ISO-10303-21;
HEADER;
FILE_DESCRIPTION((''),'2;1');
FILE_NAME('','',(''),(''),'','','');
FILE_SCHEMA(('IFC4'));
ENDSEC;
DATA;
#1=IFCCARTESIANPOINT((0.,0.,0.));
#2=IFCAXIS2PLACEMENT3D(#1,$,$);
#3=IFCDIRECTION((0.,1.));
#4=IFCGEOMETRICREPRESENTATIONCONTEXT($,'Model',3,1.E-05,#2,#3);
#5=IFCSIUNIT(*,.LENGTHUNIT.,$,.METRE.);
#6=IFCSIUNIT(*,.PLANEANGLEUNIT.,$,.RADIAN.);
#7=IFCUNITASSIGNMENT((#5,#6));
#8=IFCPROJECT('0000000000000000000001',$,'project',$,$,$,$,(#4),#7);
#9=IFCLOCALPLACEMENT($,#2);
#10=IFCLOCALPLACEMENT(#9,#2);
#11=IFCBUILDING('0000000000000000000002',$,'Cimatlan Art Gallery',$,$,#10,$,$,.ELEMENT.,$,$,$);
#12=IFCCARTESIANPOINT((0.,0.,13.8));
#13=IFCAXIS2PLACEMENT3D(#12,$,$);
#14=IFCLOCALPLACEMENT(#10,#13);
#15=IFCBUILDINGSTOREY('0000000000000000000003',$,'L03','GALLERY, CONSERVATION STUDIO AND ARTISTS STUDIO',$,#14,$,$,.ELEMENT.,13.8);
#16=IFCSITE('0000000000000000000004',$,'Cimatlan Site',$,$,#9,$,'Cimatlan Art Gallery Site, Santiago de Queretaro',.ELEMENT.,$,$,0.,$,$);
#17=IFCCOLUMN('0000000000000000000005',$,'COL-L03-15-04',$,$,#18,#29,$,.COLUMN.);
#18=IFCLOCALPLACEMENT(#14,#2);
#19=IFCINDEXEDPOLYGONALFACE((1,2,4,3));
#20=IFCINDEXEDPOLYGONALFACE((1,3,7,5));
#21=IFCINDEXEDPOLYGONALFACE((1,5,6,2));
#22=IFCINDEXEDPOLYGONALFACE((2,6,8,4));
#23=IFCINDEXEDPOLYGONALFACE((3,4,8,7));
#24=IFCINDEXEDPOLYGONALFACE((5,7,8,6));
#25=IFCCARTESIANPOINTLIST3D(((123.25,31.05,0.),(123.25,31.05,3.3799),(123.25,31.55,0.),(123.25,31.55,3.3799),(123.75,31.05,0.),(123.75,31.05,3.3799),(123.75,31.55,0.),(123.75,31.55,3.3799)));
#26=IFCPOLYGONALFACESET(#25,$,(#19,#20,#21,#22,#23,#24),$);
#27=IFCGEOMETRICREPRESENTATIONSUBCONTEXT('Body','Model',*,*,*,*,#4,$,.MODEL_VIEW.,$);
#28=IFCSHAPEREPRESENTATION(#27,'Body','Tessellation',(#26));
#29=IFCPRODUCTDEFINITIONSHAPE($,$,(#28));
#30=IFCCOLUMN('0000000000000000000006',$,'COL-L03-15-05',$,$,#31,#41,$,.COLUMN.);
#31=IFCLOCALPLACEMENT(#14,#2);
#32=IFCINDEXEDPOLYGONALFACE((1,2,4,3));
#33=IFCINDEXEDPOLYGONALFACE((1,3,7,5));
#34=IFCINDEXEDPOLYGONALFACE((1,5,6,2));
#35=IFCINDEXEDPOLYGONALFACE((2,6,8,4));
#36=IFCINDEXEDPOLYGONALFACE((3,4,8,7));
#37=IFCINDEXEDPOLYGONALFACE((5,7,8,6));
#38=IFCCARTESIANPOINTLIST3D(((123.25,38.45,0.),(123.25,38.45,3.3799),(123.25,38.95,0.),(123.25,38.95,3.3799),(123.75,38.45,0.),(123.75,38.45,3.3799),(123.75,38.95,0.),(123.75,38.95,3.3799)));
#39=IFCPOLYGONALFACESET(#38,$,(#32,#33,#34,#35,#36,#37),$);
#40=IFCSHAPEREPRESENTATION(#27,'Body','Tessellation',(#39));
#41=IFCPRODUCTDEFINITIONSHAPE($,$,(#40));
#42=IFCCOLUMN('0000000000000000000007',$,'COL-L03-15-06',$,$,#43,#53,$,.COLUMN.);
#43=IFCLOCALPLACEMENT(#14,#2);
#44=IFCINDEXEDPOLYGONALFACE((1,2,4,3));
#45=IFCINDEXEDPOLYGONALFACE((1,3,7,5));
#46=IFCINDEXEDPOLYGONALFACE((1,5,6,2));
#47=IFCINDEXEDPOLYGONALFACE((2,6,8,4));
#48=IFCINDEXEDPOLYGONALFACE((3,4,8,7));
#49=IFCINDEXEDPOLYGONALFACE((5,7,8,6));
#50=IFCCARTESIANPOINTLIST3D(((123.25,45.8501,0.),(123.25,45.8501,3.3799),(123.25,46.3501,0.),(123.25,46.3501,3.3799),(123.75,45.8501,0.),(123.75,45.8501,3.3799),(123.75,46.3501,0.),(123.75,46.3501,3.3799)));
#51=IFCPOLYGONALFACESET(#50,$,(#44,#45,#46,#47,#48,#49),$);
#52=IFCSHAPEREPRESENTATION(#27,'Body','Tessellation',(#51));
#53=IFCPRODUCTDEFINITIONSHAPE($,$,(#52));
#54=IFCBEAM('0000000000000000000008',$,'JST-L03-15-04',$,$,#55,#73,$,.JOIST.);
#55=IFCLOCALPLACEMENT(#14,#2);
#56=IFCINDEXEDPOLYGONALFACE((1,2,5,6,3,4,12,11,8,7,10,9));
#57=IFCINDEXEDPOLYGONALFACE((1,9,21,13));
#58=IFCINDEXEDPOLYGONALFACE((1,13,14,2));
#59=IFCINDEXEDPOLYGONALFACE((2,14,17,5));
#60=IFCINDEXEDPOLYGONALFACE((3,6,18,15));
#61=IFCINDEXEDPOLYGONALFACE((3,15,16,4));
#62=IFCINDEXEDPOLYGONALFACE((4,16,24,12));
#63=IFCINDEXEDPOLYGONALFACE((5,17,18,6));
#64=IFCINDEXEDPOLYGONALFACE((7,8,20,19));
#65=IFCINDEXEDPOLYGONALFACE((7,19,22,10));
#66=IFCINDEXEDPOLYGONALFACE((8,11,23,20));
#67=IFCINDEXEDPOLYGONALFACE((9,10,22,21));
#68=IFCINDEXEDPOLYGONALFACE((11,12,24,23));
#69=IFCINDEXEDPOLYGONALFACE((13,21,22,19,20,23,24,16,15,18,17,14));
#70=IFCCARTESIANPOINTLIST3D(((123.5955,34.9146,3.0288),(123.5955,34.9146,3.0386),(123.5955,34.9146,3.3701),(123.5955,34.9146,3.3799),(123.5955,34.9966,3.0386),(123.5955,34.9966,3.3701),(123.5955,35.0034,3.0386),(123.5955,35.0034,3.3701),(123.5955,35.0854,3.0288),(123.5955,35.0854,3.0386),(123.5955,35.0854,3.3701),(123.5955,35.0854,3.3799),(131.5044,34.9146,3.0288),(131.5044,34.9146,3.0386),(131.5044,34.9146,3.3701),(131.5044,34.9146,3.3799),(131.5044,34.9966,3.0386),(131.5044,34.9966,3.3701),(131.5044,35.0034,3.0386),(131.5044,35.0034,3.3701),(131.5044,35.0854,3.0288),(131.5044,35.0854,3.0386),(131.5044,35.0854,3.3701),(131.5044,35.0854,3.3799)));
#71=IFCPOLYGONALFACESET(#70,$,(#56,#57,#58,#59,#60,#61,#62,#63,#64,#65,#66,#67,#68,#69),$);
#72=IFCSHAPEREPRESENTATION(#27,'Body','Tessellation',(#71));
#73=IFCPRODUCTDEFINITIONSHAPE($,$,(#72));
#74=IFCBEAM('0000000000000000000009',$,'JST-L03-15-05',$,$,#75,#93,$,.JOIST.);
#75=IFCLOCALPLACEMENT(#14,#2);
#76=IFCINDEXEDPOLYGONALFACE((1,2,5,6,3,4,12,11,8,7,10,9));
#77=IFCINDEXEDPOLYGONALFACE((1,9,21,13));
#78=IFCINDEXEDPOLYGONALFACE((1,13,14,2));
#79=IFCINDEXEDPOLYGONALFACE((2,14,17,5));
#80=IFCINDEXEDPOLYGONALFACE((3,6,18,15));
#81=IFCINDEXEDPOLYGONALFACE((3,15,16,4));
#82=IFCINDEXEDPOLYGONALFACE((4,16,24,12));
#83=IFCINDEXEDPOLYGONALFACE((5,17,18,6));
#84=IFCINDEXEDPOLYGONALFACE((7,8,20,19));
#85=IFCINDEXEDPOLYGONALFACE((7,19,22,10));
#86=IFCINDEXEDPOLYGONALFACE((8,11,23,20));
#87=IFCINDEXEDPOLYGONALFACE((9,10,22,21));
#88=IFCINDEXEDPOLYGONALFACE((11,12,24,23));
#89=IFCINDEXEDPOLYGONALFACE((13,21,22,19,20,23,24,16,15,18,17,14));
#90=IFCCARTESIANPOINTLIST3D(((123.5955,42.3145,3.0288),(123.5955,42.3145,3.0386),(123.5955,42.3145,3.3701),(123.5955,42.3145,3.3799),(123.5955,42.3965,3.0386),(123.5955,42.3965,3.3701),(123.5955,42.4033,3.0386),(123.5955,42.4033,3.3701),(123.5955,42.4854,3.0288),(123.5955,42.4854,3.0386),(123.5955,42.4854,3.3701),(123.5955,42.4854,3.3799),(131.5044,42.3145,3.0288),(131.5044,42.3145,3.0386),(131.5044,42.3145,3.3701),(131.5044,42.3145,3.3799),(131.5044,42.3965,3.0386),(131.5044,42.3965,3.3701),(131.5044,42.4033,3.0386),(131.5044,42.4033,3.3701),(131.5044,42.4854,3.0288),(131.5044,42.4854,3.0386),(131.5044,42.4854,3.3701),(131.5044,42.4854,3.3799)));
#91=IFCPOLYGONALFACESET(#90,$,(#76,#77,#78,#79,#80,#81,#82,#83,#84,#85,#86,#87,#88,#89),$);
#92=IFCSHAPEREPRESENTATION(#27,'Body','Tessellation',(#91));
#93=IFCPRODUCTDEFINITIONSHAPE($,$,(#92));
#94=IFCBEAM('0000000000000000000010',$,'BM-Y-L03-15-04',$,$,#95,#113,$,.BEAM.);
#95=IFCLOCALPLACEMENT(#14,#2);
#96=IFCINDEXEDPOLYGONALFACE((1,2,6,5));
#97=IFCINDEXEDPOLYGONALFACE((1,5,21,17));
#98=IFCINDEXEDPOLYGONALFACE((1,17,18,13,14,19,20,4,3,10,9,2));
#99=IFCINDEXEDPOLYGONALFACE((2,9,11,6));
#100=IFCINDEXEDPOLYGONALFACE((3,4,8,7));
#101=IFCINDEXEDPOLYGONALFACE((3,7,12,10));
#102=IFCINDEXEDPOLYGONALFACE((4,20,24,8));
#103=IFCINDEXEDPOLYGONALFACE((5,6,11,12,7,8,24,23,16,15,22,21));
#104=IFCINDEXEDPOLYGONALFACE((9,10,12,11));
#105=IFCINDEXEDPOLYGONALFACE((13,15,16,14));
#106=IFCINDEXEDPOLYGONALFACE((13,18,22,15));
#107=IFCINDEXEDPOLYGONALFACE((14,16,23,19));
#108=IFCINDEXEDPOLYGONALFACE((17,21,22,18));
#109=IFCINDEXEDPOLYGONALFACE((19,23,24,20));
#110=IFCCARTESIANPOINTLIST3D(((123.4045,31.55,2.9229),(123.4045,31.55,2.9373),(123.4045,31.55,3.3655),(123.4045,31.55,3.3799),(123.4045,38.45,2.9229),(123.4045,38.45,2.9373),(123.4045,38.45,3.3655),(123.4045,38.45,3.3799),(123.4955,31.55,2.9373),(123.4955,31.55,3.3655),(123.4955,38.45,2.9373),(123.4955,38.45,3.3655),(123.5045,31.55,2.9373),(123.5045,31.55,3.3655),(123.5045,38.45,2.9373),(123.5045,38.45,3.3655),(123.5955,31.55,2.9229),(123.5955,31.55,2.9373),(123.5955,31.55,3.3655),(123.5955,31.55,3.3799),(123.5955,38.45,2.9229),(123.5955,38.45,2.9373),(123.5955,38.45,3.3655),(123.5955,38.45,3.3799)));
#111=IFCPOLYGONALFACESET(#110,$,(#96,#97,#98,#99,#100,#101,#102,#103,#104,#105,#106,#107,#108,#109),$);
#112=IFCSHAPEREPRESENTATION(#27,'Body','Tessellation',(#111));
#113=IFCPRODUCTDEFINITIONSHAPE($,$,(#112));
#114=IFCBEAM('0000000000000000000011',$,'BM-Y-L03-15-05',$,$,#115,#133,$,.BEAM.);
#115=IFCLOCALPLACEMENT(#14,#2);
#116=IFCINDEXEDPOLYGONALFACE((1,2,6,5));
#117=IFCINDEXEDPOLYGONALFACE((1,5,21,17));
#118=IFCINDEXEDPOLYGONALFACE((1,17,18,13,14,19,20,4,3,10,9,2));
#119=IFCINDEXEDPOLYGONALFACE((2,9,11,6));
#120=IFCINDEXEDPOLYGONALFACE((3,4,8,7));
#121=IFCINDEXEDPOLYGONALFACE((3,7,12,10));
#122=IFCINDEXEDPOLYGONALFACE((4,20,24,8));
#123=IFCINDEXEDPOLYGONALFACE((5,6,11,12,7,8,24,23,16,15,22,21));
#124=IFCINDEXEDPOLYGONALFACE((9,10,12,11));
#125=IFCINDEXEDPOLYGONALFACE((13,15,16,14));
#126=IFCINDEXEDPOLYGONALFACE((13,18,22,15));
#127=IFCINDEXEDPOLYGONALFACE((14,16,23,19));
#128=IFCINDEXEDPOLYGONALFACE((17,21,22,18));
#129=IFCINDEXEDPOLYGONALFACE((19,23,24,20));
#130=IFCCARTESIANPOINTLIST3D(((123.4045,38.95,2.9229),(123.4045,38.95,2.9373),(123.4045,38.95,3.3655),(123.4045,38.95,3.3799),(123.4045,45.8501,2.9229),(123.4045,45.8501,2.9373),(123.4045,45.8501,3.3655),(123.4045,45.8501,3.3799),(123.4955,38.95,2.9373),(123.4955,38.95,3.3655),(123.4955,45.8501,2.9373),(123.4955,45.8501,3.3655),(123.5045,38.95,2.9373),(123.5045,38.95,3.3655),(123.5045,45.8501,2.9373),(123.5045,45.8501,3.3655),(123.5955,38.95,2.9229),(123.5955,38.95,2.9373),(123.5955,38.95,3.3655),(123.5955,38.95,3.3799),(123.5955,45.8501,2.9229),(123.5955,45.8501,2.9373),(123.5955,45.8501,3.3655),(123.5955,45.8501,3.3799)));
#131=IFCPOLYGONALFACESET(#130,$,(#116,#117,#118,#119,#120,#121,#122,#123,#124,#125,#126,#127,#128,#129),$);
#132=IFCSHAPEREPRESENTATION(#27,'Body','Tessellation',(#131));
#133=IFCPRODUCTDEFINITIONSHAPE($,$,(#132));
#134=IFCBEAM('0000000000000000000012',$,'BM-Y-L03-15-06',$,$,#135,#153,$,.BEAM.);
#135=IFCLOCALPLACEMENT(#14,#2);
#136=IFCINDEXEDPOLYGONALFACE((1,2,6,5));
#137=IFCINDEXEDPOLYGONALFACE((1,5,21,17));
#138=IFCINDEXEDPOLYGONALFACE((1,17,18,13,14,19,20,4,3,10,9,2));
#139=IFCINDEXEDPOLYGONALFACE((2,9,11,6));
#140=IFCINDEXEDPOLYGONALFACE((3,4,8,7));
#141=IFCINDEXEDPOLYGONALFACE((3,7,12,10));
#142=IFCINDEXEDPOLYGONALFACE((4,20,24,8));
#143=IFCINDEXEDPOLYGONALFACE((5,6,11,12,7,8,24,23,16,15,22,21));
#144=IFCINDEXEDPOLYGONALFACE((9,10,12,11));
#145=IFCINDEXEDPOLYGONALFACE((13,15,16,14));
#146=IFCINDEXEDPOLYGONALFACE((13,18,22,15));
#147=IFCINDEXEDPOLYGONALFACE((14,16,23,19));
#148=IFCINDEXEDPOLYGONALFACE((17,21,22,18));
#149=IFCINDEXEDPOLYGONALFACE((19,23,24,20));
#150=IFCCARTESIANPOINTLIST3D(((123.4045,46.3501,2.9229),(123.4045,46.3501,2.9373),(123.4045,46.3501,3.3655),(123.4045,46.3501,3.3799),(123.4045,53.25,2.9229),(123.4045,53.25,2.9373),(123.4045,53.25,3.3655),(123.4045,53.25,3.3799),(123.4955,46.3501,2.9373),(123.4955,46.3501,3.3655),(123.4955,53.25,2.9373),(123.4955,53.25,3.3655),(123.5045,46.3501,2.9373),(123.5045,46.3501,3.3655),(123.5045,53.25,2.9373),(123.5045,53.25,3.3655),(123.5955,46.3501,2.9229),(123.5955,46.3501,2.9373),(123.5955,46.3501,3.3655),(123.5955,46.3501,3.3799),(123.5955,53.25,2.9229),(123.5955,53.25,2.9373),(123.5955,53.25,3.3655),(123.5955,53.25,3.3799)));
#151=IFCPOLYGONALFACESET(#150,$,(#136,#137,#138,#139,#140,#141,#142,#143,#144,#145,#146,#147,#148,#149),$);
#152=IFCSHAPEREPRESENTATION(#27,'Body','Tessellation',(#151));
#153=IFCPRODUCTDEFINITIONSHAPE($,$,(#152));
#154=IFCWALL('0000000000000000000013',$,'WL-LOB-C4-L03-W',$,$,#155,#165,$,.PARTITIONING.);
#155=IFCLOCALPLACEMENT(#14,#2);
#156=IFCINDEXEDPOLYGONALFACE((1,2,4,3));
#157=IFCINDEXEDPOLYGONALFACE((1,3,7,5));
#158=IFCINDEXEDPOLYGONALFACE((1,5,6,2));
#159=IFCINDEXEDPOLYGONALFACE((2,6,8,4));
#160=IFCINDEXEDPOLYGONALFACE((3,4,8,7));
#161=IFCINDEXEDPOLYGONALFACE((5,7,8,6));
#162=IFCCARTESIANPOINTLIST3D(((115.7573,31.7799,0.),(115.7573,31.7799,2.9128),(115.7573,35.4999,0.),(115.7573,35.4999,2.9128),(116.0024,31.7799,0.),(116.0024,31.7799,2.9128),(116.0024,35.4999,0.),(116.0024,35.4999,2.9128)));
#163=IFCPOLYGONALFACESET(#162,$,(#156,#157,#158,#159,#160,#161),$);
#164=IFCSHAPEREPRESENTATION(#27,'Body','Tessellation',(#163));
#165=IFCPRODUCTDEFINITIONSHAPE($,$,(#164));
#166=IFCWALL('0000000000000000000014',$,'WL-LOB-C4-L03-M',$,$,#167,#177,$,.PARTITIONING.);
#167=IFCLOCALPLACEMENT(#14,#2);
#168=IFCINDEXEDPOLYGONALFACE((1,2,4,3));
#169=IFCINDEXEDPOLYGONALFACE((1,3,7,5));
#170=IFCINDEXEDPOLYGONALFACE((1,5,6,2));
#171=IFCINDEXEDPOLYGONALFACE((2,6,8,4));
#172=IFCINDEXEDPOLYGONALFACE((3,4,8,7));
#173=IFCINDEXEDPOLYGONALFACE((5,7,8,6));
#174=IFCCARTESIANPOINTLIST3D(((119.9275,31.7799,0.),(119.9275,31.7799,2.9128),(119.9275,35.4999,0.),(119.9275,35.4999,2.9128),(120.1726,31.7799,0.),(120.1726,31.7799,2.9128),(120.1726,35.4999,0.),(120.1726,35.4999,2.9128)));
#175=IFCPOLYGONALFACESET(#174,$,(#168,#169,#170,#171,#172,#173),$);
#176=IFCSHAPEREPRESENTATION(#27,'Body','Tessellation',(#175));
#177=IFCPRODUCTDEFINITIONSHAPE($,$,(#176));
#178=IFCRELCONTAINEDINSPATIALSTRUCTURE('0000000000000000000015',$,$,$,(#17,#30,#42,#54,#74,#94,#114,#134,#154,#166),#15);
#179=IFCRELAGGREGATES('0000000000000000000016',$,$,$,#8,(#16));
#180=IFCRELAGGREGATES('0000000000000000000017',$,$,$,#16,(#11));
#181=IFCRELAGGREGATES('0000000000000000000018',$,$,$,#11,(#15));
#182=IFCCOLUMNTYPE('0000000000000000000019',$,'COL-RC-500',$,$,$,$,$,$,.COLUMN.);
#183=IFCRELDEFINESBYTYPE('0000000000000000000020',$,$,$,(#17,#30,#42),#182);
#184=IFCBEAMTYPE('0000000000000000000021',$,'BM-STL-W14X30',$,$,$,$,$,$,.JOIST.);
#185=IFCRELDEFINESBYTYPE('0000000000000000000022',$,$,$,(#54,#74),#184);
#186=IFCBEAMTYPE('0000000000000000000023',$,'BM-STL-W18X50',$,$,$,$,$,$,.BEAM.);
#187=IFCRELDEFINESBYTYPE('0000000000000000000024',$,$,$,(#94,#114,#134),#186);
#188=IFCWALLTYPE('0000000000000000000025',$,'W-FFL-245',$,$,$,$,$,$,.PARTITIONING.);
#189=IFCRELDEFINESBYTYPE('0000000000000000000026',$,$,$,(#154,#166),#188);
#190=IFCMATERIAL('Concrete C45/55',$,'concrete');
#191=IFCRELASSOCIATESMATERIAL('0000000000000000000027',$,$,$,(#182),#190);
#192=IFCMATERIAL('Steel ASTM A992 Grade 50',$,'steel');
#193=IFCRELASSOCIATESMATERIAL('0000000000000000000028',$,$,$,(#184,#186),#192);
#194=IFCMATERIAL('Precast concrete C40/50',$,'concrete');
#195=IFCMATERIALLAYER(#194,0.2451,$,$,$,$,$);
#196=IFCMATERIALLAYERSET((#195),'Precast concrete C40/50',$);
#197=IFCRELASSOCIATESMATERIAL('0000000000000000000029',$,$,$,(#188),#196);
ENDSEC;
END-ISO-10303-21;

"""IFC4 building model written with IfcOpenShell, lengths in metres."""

from ifc_helpers import new_model, si_unit, direction, frame, frame_2d, origin, origin_2d, place, context, subcontext, project, spatial, rectangle, i_section, extrude, material, layer, layer_set, material_profile, profile_set, type_object, element, save


model = new_model("IFC4")

# Units and contexts
model_context = context("Model", 3, precision=1e-05, world=origin(), true_north=direction((0.0, 1.0)))
body_context = subcontext(model_context, "Body", "Model", "MODEL_VIEW")
ifc_project = project(units=[si_unit("LENGTHUNIT", "METRE"), si_unit("PLANEANGLEUNIT", "RADIAN")], contexts=[model_context])

# Site, building, storey
site_placement = place(None, origin())
site = spatial("IfcSite", under=ifc_project, at=site_placement, Name="Cimatlan Site", LongName="Cimatlan Art Gallery Site, Santiago de Queretaro", CompositionType="ELEMENT", RefElevation=0.0)
building_placement = place(site_placement, origin())
building = spatial("IfcBuilding", under=site, at=building_placement, Name="Cimatlan Art Gallery", CompositionType="ELEMENT")
storey_placement = place(building_placement, frame((0.0, 0.0, 13.8)))
storey = spatial("IfcBuildingStorey", under=building, at=storey_placement, Name="L03", Description="GALLERY, CONSERVATION STUDIO AND ARTISTS STUDIO", CompositionType="ELEMENT", Elevation=13.8)

# Columns
ifc_material_1 = material(Name="Concrete C45/55", Category="concrete")
ifc_material_profile_1 = material_profile(ifc_material_1, rectangle(XDim=0.5, YDim=0.5, at=origin_2d()), Name="RC500X500")
ifc_profile_set_1 = profile_set([ifc_material_profile_1], Name="Concrete C45/55")
column_type = type_object("IfcColumnType", Name="COL-RC-500", PredefinedType="COLUMN", material=ifc_profile_set_1)
for number, where, z_axis, x_axis, name in (
    (1, (123.5, 31.3, 0.0), (0.0, 0.0, 1.0), (1.0, 0.0, 0.0), "COL-L03-15-04"),
    (2, (123.5, 38.7, 0.0), (0.0, 0.0, 1.0), (1.0, 0.0, 0.0), "COL-L03-15-05"),
    (3, (123.5, 46.1001, 0.0), (0.0, 0.0, 1.0), (1.0, 0.0, 0.0), "COL-L03-15-06"),
):
    element("IfcColumn", number, at=place(storey_placement, frame(where, z_axis=z_axis, x_axis=x_axis)), inside=storey, type_object=column_type, Name=name, PredefinedType="COLUMN", context=body_context, shape_type="SweptSolid", body=[
        extrude(rectangle(XDim=0.5, YDim=0.5, at=origin_2d()), origin(), (0.0, 0.0, 1.0), 3.3799),
    ])

# Beams
ifc_material_2 = material(Name="Steel ASTM A992 Grade 50", Category="steel")
ifc_material_profile_2 = material_profile(ifc_material_2, i_section(OverallWidth=0.1709, OverallDepth=0.3511, WebThickness=0.0068, FlangeThickness=0.0098, at=origin_2d()), Name="W14X30")
ifc_profile_set_2 = profile_set([ifc_material_profile_2], Name="Steel ASTM A992 Grade 50")
beam_type_1 = type_object("IfcBeamType", Name="BM-STL-W14X30", PredefinedType="JOIST", material=ifc_profile_set_2)
for number, where, z_axis, x_axis, name in (
    (4, (123.5955, 35.0, 3.2043), (1.0, 0.0, 0.0), (0.0, 1.0, 0.0), "JST-L03-15-04"),
    (5, (123.5955, 42.3999, 3.2043), (1.0, 0.0, 0.0), (0.0, 1.0, 0.0), "JST-L03-15-05"),
):
    element("IfcBeam", number, at=place(storey_placement, frame(where, z_axis=z_axis, x_axis=x_axis)), inside=storey, type_object=beam_type_1, Name=name, PredefinedType="JOIST", context=body_context, shape_type="SweptSolid", body=[
        extrude(i_section(OverallWidth=0.1709, OverallDepth=0.3511, WebThickness=0.0068, FlangeThickness=0.0098, at=origin_2d()), origin(), (0.0, 0.0, 1.0), 7.9089),
    ])
ifc_material_profile_3 = material_profile(ifc_material_2, i_section(OverallWidth=0.1909, OverallDepth=0.457, WebThickness=0.009, FlangeThickness=0.0144, at=origin_2d()), Name="W18X50")
ifc_profile_set_3 = profile_set([ifc_material_profile_3], Name="Steel ASTM A992 Grade 50")
beam_type_2 = type_object("IfcBeamType", Name="BM-STL-W18X50", PredefinedType="BEAM", material=ifc_profile_set_3)
beam_1_placement = place(storey_placement, frame((123.5, 31.55, 3.1514), z_axis=(0.0, 1.0, 0.0), x_axis=(-1.0, 0.0, 0.0)))
element("IfcBeam", 6, at=beam_1_placement, inside=storey, type_object=beam_type_2, Name="BM-Y-L03-15-04", PredefinedType="BEAM", context=body_context, shape_type="SweptSolid", body=[
    extrude(i_section(OverallWidth=0.1909, OverallDepth=0.457, WebThickness=0.009, FlangeThickness=0.0144, at=origin_2d()), origin(), (0.0, 0.0, 1.0), 6.8999),
])
beam_2_placement = place(storey_placement, frame((123.5, 38.95, 3.1514), z_axis=(0.0, 1.0, 0.0), x_axis=(-1.0, 0.0, 0.0)))
element("IfcBeam", 7, at=beam_2_placement, inside=storey, type_object=beam_type_2, Name="BM-Y-L03-15-05", PredefinedType="BEAM", context=body_context, shape_type="SweptSolid", body=[
    extrude(i_section(OverallWidth=0.1909, OverallDepth=0.457, WebThickness=0.009, FlangeThickness=0.0144, at=origin_2d()), origin(), (0.0, 0.0, 1.0), 6.9001),
])
beam_3_placement = place(storey_placement, frame((123.5, 46.3501, 3.1514), z_axis=(0.0, 1.0, 0.0), x_axis=(-1.0, 0.0, 0.0)))
element("IfcBeam", 8, at=beam_3_placement, inside=storey, type_object=beam_type_2, Name="BM-Y-L03-15-06", PredefinedType="BEAM", context=body_context, shape_type="SweptSolid", body=[
    extrude(i_section(OverallWidth=0.1909, OverallDepth=0.457, WebThickness=0.009, FlangeThickness=0.0144, at=origin_2d()), origin(), (0.0, 0.0, 1.0), 6.8999),
])

# Shared definitions
ifc_material_3 = material(Name="Precast concrete C40/50", Category="concrete")
ifc_layer_1 = layer(ifc_material_3, 0.2451)
ifc_layer_set_1 = layer_set([ifc_layer_1], Name="Precast concrete C40/50")
wall_type_1 = type_object("IfcWallType", Name="W-FFL-245", PredefinedType="PARTITIONING", material=ifc_layer_set_1)

# Walls
for number, where, z_axis, x_axis, name in (
    (9, (115.8799, 31.78, 0.0), (0.0, 0.0, 1.0), (0.0, 1.0, 0.0), "WL-LOB-C4-L03-W"),
    (10, (120.05, 31.78, 0.0), (0.0, 0.0, 1.0), (0.0, 1.0, 0.0), "WL-LOB-C4-L03-M"),
):
    element("IfcWall", number, at=place(storey_placement, frame(where, z_axis=z_axis, x_axis=x_axis)), inside=storey, type_object=wall_type_1, Name=name, PredefinedType="PARTITIONING", context=body_context, shape_type="SweptSolid", body=[
        extrude(rectangle(XDim=3.72, YDim=0.2451, at=frame_2d((1.8599, 0.0))), origin(), (0.0, 0.0, 1.0), 2.9128),
    ])

save(model, "model.ifc")
